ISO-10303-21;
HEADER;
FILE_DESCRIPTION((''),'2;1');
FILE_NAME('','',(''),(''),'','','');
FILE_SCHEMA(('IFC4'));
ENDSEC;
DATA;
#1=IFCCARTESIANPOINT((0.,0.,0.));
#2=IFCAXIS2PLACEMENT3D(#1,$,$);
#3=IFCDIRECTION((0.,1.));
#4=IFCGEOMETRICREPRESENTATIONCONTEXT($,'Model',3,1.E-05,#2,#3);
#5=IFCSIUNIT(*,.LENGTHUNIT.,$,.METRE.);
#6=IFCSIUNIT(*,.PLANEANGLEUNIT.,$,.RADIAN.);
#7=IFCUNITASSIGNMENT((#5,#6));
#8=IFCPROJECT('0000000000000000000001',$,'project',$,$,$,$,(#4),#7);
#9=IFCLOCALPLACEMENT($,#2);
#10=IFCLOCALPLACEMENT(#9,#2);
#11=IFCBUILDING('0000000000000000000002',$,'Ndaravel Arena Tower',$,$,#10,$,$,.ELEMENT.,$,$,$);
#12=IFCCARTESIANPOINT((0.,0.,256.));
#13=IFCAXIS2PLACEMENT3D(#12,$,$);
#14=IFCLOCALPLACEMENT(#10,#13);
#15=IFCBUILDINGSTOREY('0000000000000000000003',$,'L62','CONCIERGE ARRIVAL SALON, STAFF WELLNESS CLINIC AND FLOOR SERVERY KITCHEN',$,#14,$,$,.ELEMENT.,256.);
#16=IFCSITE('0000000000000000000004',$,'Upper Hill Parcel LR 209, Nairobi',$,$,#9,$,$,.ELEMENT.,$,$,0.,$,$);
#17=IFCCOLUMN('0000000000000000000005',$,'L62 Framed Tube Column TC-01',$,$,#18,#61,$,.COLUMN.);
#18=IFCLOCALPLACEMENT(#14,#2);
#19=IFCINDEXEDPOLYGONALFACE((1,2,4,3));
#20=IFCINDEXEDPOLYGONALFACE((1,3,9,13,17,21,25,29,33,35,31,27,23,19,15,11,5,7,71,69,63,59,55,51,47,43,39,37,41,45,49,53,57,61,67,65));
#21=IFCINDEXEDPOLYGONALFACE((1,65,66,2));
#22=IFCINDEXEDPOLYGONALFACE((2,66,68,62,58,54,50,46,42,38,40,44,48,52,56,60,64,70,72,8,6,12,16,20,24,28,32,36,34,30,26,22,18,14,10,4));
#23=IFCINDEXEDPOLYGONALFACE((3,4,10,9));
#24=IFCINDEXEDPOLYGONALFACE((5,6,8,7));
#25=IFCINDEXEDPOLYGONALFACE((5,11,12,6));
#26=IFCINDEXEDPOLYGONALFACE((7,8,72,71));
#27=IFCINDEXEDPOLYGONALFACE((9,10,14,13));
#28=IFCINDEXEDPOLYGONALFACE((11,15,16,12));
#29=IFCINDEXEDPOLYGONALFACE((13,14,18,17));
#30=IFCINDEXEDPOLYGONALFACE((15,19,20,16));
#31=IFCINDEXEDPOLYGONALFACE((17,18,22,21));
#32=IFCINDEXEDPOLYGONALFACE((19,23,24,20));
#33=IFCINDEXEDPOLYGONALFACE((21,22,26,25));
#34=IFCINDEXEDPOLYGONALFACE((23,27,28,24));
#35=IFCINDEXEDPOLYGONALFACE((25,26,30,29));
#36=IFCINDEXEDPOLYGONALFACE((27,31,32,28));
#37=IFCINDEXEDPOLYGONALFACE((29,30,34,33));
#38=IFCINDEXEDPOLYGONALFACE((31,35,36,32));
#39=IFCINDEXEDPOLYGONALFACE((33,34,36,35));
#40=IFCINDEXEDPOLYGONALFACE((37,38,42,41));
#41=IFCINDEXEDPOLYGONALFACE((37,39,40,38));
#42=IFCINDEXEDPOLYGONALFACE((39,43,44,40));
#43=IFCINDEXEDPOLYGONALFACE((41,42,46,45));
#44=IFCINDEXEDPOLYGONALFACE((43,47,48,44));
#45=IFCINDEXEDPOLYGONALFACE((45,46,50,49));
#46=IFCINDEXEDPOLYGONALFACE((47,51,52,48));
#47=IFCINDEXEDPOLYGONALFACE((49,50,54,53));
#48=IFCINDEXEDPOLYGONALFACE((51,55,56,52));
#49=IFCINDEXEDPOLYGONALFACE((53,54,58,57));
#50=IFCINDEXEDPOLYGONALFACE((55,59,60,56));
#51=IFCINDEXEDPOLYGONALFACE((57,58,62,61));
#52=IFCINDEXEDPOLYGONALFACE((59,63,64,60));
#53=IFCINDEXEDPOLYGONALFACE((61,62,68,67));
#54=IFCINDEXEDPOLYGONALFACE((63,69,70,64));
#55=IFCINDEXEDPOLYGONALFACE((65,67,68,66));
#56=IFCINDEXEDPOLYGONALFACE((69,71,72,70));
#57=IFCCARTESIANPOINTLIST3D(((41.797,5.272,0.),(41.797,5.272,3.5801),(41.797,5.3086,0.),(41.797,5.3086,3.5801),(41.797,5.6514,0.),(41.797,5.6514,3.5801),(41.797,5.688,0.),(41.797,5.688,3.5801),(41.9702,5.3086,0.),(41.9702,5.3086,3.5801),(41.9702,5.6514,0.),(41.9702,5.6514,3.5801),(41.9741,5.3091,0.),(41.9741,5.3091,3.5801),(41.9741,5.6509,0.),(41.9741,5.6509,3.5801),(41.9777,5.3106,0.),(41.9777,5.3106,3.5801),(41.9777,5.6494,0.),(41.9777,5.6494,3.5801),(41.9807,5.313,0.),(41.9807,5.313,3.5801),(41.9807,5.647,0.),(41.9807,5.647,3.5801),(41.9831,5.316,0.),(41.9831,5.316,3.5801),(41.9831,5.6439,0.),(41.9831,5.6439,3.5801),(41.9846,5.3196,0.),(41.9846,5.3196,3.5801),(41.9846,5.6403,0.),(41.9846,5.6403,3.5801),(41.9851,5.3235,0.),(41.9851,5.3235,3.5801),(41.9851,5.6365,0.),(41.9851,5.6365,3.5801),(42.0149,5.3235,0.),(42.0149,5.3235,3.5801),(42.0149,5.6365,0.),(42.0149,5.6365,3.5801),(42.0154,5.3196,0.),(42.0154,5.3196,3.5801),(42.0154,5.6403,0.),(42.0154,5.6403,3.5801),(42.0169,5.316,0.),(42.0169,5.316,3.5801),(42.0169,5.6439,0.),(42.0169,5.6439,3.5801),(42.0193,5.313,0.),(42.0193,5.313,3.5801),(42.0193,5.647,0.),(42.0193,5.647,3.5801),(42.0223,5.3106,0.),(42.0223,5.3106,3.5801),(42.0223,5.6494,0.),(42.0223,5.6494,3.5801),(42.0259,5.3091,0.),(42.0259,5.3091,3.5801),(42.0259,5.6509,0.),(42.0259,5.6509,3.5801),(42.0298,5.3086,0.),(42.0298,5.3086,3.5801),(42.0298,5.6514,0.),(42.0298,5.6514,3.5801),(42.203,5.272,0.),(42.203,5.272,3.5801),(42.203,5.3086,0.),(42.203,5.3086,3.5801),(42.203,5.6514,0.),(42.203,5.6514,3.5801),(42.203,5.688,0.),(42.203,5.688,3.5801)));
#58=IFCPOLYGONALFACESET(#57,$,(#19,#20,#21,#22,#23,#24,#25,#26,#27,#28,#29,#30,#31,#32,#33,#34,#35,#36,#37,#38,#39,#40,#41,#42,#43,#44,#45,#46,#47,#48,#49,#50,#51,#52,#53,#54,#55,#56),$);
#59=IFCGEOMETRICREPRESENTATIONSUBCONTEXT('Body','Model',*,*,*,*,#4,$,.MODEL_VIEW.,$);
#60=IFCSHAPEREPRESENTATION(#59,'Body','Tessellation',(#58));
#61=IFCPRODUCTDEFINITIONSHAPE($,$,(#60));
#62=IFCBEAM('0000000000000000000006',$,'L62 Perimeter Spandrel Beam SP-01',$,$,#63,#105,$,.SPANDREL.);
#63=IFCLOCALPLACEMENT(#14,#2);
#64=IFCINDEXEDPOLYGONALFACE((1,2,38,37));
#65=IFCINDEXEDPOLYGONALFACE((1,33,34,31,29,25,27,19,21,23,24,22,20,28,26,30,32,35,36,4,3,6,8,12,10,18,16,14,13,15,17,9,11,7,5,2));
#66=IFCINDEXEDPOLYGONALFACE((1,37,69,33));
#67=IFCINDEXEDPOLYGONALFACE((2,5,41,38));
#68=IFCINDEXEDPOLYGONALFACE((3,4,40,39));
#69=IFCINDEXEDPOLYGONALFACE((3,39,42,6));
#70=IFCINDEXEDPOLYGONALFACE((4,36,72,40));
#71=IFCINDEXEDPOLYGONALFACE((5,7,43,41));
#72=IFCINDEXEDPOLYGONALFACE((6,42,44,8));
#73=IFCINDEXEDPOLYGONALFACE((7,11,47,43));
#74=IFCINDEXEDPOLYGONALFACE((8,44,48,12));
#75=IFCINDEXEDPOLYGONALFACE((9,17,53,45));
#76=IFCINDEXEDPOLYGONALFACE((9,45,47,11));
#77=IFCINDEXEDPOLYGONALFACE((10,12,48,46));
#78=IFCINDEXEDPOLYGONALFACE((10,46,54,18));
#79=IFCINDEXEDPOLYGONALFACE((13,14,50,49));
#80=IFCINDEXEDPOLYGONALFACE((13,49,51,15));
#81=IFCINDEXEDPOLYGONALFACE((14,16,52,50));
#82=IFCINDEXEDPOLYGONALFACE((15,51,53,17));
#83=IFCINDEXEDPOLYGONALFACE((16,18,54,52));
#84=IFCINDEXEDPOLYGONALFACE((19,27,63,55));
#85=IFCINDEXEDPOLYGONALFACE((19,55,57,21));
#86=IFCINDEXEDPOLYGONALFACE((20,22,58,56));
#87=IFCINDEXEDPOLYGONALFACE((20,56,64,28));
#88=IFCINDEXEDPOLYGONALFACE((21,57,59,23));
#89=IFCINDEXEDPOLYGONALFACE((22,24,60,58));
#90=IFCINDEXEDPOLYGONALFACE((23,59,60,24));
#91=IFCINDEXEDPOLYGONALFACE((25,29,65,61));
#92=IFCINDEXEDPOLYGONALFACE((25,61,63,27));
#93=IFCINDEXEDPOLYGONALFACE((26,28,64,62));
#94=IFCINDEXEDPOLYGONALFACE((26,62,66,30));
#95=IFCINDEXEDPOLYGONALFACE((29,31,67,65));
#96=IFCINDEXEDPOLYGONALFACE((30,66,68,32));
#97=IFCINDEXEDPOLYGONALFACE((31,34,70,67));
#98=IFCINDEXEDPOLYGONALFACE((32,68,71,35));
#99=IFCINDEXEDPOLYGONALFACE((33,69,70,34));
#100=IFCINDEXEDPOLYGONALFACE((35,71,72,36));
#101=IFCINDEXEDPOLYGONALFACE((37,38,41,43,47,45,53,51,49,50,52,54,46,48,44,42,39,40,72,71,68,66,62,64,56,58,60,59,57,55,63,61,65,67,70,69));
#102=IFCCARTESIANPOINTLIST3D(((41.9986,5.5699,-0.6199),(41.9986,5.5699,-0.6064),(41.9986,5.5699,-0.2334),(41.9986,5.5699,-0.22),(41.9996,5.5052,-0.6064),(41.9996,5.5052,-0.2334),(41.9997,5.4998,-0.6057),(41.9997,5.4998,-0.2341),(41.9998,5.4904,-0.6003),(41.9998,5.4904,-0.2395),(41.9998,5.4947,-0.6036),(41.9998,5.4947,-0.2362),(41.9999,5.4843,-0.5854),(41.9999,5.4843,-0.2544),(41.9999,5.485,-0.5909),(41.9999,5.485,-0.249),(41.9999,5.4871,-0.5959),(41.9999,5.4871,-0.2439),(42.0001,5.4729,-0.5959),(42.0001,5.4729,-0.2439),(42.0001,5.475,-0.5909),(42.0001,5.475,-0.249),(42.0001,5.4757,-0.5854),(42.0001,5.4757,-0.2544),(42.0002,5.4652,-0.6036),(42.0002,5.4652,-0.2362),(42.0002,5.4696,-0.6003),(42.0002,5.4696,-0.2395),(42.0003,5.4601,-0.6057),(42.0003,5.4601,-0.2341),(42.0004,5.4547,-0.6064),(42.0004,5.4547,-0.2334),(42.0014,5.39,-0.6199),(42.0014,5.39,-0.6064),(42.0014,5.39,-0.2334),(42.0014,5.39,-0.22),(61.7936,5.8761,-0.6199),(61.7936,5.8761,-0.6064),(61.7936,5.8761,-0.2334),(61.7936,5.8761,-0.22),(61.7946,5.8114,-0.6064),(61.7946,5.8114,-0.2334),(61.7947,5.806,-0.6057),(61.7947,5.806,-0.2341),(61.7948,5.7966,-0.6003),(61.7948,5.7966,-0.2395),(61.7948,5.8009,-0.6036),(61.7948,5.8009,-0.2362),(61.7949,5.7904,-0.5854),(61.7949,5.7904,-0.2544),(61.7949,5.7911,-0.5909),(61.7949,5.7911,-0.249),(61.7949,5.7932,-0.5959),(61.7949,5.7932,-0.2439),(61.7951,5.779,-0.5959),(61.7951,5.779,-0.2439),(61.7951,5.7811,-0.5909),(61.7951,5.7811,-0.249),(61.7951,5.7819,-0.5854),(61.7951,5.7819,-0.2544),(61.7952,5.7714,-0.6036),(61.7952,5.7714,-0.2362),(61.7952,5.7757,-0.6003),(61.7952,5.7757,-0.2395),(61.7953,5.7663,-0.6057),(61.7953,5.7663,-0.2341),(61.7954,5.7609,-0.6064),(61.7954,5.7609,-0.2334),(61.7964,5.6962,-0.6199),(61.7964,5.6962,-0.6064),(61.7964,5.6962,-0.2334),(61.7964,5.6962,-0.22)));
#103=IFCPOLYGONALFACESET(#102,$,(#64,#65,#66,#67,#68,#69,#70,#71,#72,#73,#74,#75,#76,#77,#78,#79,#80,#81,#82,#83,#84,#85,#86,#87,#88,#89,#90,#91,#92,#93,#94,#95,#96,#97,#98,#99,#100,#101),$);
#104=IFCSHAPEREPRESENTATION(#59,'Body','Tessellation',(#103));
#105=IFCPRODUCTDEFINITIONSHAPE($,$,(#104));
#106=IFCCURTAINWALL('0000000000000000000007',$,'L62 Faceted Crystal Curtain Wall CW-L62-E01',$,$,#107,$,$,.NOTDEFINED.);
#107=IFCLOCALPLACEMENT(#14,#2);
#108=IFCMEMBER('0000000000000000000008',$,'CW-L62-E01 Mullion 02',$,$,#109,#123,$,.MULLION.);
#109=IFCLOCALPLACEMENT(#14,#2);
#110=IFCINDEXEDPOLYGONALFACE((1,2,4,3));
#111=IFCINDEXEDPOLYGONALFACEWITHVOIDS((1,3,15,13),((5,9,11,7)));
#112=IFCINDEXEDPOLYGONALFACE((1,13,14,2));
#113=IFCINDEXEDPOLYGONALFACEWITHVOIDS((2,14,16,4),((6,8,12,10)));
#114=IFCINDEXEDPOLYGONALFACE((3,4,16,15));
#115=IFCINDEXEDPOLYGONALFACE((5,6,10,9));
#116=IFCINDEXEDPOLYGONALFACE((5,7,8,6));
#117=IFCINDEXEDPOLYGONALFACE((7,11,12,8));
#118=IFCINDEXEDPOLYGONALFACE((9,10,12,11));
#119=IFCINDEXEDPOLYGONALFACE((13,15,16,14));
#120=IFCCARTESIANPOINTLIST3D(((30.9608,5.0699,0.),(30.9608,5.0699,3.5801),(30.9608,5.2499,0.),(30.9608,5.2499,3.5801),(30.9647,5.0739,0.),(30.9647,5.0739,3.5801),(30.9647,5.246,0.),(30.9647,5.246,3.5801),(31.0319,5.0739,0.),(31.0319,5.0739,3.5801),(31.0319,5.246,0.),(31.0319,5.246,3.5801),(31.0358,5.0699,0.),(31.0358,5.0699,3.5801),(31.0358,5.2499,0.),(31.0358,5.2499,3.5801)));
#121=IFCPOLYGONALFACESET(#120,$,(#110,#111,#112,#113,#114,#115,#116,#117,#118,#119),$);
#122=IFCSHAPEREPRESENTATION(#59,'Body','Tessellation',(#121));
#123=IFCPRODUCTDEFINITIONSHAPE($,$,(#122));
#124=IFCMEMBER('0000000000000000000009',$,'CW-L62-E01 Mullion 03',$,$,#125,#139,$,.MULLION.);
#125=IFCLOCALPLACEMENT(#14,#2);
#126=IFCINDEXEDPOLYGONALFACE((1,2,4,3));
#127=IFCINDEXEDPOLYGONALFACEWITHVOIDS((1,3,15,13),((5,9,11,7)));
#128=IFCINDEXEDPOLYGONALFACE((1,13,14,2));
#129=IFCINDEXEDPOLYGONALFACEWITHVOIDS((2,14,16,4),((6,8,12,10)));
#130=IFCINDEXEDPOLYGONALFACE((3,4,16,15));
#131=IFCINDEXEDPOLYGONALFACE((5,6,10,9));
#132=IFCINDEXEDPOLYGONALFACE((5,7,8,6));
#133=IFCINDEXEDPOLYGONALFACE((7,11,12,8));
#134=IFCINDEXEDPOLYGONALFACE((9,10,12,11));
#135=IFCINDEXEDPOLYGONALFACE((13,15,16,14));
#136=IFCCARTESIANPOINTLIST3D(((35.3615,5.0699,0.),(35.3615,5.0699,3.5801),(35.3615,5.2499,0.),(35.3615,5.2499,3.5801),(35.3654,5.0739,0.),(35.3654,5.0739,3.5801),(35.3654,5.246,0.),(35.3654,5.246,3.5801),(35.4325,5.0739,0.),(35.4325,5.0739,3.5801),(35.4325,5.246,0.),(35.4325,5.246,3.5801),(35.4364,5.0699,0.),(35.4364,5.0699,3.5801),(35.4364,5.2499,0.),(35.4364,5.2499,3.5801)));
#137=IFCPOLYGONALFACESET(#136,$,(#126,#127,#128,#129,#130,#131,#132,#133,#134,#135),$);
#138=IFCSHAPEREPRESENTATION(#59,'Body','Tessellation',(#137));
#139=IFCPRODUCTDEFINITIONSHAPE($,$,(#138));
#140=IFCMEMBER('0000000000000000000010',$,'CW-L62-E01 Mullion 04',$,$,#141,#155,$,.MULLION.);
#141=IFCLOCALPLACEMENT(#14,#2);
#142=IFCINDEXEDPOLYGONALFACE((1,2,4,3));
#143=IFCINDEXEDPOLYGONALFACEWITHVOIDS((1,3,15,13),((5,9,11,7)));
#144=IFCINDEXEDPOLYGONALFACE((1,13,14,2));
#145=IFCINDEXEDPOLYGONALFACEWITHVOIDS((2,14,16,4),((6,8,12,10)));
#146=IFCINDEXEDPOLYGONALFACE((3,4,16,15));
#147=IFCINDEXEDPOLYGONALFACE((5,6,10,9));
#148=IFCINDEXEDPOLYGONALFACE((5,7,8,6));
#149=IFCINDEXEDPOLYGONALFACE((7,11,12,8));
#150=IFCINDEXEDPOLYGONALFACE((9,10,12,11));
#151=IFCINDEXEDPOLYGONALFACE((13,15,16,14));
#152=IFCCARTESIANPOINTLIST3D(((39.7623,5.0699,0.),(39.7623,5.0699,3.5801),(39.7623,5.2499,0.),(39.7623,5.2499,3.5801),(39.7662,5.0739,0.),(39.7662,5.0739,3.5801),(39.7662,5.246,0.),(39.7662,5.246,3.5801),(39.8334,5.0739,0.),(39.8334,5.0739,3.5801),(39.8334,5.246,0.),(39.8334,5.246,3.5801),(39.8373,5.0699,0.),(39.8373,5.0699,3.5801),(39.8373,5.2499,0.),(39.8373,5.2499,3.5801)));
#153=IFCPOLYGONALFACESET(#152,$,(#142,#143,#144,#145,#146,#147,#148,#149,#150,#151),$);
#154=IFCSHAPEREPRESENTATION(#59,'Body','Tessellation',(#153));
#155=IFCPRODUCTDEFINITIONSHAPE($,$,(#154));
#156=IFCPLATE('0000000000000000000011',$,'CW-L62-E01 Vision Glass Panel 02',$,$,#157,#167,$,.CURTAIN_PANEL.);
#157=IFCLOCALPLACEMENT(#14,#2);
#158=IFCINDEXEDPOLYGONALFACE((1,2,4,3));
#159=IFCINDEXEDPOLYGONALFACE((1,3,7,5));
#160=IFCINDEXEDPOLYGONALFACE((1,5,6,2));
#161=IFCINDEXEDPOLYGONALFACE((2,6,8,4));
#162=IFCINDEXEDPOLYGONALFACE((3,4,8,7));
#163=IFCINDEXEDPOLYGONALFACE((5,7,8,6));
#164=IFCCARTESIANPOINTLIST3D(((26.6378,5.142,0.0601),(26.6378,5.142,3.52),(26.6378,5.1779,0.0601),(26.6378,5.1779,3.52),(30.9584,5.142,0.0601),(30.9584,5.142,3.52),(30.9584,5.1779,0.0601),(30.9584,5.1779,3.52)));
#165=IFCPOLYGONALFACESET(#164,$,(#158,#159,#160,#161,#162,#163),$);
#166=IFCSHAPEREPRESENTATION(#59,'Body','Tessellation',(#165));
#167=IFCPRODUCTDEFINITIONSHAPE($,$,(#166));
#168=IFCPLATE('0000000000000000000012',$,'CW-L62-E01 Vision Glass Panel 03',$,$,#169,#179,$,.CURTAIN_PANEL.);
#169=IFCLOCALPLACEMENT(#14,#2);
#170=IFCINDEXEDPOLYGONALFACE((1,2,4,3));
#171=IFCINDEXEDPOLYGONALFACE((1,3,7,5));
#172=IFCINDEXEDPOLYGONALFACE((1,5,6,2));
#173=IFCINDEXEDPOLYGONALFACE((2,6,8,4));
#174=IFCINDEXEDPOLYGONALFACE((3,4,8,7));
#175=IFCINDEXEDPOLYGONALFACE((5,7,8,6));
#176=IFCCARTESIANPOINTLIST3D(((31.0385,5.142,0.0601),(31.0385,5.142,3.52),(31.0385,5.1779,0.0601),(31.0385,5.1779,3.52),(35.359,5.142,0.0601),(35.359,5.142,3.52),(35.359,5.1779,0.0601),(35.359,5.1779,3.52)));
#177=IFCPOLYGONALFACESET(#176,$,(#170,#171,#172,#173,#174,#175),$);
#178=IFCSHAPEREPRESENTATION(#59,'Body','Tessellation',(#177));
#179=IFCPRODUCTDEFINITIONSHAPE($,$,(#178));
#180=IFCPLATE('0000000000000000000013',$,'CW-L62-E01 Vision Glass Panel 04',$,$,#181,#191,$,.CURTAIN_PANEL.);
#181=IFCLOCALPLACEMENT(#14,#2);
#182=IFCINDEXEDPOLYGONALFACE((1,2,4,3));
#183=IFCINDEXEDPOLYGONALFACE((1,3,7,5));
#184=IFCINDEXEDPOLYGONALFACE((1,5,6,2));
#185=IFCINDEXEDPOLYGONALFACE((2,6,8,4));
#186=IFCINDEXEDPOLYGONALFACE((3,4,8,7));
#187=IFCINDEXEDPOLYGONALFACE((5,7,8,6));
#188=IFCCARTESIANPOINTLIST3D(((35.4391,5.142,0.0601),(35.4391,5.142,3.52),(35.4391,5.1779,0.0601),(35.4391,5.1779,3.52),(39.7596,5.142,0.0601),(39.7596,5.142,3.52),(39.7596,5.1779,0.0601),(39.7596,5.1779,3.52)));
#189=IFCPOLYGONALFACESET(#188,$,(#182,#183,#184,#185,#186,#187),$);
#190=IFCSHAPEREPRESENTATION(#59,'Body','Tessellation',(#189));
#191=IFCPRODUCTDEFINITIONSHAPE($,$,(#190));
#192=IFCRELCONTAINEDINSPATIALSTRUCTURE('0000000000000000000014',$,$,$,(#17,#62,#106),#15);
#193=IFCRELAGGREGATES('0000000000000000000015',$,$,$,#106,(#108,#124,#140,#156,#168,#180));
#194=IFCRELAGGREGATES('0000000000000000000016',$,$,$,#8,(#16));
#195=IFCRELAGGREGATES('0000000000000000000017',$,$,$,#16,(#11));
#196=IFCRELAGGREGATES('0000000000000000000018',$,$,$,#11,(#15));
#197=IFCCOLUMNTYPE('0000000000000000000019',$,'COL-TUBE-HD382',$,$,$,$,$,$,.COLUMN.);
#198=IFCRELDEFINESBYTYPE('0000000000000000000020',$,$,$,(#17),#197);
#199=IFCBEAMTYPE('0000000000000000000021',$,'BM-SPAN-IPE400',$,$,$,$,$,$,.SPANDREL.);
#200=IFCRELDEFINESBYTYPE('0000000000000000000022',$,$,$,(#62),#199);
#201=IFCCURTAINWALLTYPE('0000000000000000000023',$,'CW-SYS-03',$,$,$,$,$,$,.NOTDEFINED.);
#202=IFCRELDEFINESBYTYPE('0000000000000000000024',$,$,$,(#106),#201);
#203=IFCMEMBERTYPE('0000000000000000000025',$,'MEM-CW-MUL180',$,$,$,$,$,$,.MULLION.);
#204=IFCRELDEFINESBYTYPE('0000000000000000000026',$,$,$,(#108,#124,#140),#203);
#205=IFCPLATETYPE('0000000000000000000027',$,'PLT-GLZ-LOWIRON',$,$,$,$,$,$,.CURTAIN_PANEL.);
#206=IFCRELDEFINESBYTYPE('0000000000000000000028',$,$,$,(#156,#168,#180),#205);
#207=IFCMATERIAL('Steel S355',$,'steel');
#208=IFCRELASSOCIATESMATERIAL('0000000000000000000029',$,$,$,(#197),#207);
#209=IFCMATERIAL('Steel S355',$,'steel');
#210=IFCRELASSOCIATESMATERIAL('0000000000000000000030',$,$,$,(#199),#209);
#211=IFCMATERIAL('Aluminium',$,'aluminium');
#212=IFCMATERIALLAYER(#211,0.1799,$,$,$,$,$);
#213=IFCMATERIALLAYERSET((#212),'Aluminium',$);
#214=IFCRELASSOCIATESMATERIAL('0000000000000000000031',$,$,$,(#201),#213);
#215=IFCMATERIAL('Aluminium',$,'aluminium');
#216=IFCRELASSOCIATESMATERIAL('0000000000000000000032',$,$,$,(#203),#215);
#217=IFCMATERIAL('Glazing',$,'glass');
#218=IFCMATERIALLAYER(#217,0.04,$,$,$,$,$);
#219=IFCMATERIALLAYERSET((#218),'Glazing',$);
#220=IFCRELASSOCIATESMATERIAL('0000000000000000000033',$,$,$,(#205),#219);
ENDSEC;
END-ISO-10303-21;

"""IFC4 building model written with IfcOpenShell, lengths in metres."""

from ifc_helpers import new_model, si_unit, direction, frame, origin, origin_2d, place, context, subcontext, project, spatial, rectangle, hollow_rectangle, i_section, extrude, material, layer, layer_set, material_profile, profile_set, type_object, element, aggregate, save


model = new_model("IFC4")

# Units and contexts
model_context = context("Model", 3, precision=1e-05, world=origin(), true_north=direction((0.0, 1.0)))
body_context = subcontext(model_context, "Body", "Model", "MODEL_VIEW")
ifc_project = project(units=[si_unit("LENGTHUNIT", "METRE"), si_unit("PLANEANGLEUNIT", "RADIAN")], contexts=[model_context])

# Site, building, storey
site_placement = place(None, origin())
site = spatial("IfcSite", under=ifc_project, at=site_placement, Name="Upper Hill Parcel LR 209, Nairobi", CompositionType="ELEMENT", RefElevation=0.0)
building_placement = place(site_placement, origin())
building = spatial("IfcBuilding", under=site, at=building_placement, Name="Ndaravel Arena Tower", CompositionType="ELEMENT")
storey_placement = place(building_placement, frame((0.0, 0.0, 256.0)))
storey = spatial("IfcBuildingStorey", under=building, at=storey_placement, Name="L62", Description="CONCIERGE ARRIVAL SALON, STAFF WELLNESS CLINIC AND FLOOR SERVERY KITCHEN", CompositionType="ELEMENT", Elevation=256.0)

# Column
ifc_material_1 = material(Name="Steel S355", Category="steel")
ifc_material_profile_1 = material_profile(ifc_material_1, i_section(OverallWidth=0.406, OverallDepth=0.416, WebThickness=0.0298, FlangeThickness=0.0366, FilletRadius=0.0149, at=origin_2d()), Name="HD 400x382")
ifc_profile_set_1 = profile_set([ifc_material_profile_1], Name="Steel S355")
column_type = type_object("IfcColumnType", Name="COL-TUBE-HD382", PredefinedType="COLUMN", material=ifc_profile_set_1)
column_placement = place(storey_placement, frame((42.0, 5.48, 0.0), z_axis=(0.0, 0.0, 1.0), x_axis=(1.0, 0.0, 0.0)))
element("IfcColumn", 1, at=column_placement, inside=storey, type_object=column_type, Name="L62 Framed Tube Column TC-01", PredefinedType="COLUMN", context=body_context, shape_type="SweptSolid", body=[
    extrude(i_section(OverallWidth=0.406, OverallDepth=0.416, WebThickness=0.0298, FlangeThickness=0.0366, FilletRadius=0.0149, at=origin_2d()), origin(), (0.0, 0.0, 1.0), 3.5801),
])

# Beam
ifc_material_2 = material(Name="Steel S355", Category="steel")
ifc_material_profile_2 = material_profile(ifc_material_2, i_section(OverallWidth=0.1799, OverallDepth=0.3999, WebThickness=0.0085, FlangeThickness=0.0134, FilletRadius=0.021, at=origin_2d()), Name="IPE 400")
ifc_profile_set_2 = profile_set([ifc_material_profile_2], Name="Steel S355")
beam_type = type_object("IfcBeamType", Name="BM-SPAN-IPE400", PredefinedType="SPANDREL", material=ifc_profile_set_2)
beam_placement = place(storey_placement, frame((42.0, 5.48, -0.4199), z_axis=(0.99988, 0.015464, 0.0), x_axis=(-0.015464, 0.99988, 0.0)))
element("IfcBeam", 2, at=beam_placement, inside=storey, type_object=beam_type, Name="L62 Perimeter Spandrel Beam SP-01", PredefinedType="SPANDREL", context=body_context, shape_type="SweptSolid", body=[
    extrude(i_section(OverallWidth=0.1799, OverallDepth=0.3999, WebThickness=0.0085, FlangeThickness=0.0134, FilletRadius=0.021, at=origin_2d()), origin(), (0.0, 0.0, 1.0), 19.7974),
])

# Curtain wall, members, plates
ifc_material_3 = material(Name="Aluminium", Category="aluminium")
ifc_layer_1 = layer(ifc_material_3, 0.1799)
ifc_layer_set_1 = layer_set([ifc_layer_1], Name="Aluminium")
curtain_wall_type = type_object("IfcCurtainWallType", Name="CW-SYS-03", PredefinedType="NOTDEFINED", material=ifc_layer_set_1)
curtain_wall_placement = place(storey_placement, origin())
curtain_wall = element("IfcCurtainWall", 3, at=curtain_wall_placement, inside=storey, type_object=curtain_wall_type, Name="L62 Faceted Crystal Curtain Wall CW-L62-E01", PredefinedType="NOTDEFINED")
ifc_material_4 = material(Name="Aluminium", Category="aluminium")
ifc_material_profile_3 = material_profile(ifc_material_4, hollow_rectangle(XDim=0.075, YDim=0.1799, WallThickness=0.0039, at=origin_2d()), Name="CW MULLION 75x180x4")
ifc_profile_set_3 = profile_set([ifc_material_profile_3], Name="Aluminium")
member_type = type_object("IfcMemberType", Name="MEM-CW-MUL180", PredefinedType="MULLION", material=ifc_profile_set_3)
member_1_placement = place(storey_placement, frame((30.9983, 5.1599, 0.0), z_axis=(0.0, 0.0, 1.0), x_axis=(1.0, 0.0, 0.0)))
member_1 = element("IfcMember", 4, at=member_1_placement, type_object=member_type, Name="CW-L62-E01 Mullion 02", PredefinedType="MULLION", context=body_context, shape_type="SweptSolid", body=[
    extrude(hollow_rectangle(XDim=0.075, YDim=0.1799, WallThickness=0.0039, at=origin_2d()), origin(), (0.0, 0.0, 1.0), 3.5801),
])
member_2_placement = place(storey_placement, frame((35.3989, 5.1599, 0.0), z_axis=(0.0, 0.0, 1.0), x_axis=(1.0, 0.0, 0.0)))
member_2 = element("IfcMember", 5, at=member_2_placement, type_object=member_type, Name="CW-L62-E01 Mullion 03", PredefinedType="MULLION", context=body_context, shape_type="SweptSolid", body=[
    extrude(hollow_rectangle(XDim=0.075, YDim=0.1799, WallThickness=0.0039, at=origin_2d()), origin(), (0.0, 0.0, 1.0), 3.5801),
])
member_3_placement = place(storey_placement, frame((39.7998, 5.1599, 0.0), z_axis=(0.0, 0.0, 1.0), x_axis=(1.0, 0.0, 0.0)))
member_3 = element("IfcMember", 6, at=member_3_placement, type_object=member_type, Name="CW-L62-E01 Mullion 04", PredefinedType="MULLION", context=body_context, shape_type="SweptSolid", body=[
    extrude(hollow_rectangle(XDim=0.075, YDim=0.1799, WallThickness=0.0039, at=origin_2d()), origin(), (0.0, 0.0, 1.0), 3.5801),
])
ifc_material_5 = material(Name="Glazing", Category="glass")
ifc_layer_2 = layer(ifc_material_5, 0.04)
ifc_layer_set_2 = layer_set([ifc_layer_2], Name="Glazing")
plate_type = type_object("IfcPlateType", Name="PLT-GLZ-LOWIRON", PredefinedType="CURTAIN_PANEL", material=ifc_layer_set_2)
plate_1_placement = place(storey_placement, frame((28.7981, 5.1599, 0.0601), z_axis=(0.0, 0.0, 1.0), x_axis=(1.0, 0.0, 0.0)))
plate_1 = element("IfcPlate", 7, at=plate_1_placement, type_object=plate_type, Name="CW-L62-E01 Vision Glass Panel 02", PredefinedType="CURTAIN_PANEL", context=body_context, shape_type="SweptSolid", body=[
    extrude(rectangle(XDim=4.3206, YDim=0.0359, at=origin_2d()), origin(), (0.0, 0.0, 1.0), 3.46),
])
plate_2_placement = place(storey_placement, frame((33.1987, 5.1599, 0.0601), z_axis=(0.0, 0.0, 1.0), x_axis=(1.0, 0.0, 0.0)))
plate_2 = element("IfcPlate", 8, at=plate_2_placement, type_object=plate_type, Name="CW-L62-E01 Vision Glass Panel 03", PredefinedType="CURTAIN_PANEL", context=body_context, shape_type="SweptSolid", body=[
    extrude(rectangle(XDim=4.3206, YDim=0.0359, at=origin_2d()), origin(), (0.0, 0.0, 1.0), 3.46),
])
plate_3_placement = place(storey_placement, frame((37.5994, 5.1599, 0.0601), z_axis=(0.0, 0.0, 1.0), x_axis=(1.0, 0.0, 0.0)))
plate_3 = element("IfcPlate", 9, at=plate_3_placement, type_object=plate_type, Name="CW-L62-E01 Vision Glass Panel 04", PredefinedType="CURTAIN_PANEL", context=body_context, shape_type="SweptSolid", body=[
    extrude(rectangle(XDim=4.3206, YDim=0.0359, at=origin_2d()), origin(), (0.0, 0.0, 1.0), 3.46),
])
aggregate(curtain_wall, [member_1, member_2, member_3, plate_1, plate_2, plate_3])

save(model, "model.ifc")
